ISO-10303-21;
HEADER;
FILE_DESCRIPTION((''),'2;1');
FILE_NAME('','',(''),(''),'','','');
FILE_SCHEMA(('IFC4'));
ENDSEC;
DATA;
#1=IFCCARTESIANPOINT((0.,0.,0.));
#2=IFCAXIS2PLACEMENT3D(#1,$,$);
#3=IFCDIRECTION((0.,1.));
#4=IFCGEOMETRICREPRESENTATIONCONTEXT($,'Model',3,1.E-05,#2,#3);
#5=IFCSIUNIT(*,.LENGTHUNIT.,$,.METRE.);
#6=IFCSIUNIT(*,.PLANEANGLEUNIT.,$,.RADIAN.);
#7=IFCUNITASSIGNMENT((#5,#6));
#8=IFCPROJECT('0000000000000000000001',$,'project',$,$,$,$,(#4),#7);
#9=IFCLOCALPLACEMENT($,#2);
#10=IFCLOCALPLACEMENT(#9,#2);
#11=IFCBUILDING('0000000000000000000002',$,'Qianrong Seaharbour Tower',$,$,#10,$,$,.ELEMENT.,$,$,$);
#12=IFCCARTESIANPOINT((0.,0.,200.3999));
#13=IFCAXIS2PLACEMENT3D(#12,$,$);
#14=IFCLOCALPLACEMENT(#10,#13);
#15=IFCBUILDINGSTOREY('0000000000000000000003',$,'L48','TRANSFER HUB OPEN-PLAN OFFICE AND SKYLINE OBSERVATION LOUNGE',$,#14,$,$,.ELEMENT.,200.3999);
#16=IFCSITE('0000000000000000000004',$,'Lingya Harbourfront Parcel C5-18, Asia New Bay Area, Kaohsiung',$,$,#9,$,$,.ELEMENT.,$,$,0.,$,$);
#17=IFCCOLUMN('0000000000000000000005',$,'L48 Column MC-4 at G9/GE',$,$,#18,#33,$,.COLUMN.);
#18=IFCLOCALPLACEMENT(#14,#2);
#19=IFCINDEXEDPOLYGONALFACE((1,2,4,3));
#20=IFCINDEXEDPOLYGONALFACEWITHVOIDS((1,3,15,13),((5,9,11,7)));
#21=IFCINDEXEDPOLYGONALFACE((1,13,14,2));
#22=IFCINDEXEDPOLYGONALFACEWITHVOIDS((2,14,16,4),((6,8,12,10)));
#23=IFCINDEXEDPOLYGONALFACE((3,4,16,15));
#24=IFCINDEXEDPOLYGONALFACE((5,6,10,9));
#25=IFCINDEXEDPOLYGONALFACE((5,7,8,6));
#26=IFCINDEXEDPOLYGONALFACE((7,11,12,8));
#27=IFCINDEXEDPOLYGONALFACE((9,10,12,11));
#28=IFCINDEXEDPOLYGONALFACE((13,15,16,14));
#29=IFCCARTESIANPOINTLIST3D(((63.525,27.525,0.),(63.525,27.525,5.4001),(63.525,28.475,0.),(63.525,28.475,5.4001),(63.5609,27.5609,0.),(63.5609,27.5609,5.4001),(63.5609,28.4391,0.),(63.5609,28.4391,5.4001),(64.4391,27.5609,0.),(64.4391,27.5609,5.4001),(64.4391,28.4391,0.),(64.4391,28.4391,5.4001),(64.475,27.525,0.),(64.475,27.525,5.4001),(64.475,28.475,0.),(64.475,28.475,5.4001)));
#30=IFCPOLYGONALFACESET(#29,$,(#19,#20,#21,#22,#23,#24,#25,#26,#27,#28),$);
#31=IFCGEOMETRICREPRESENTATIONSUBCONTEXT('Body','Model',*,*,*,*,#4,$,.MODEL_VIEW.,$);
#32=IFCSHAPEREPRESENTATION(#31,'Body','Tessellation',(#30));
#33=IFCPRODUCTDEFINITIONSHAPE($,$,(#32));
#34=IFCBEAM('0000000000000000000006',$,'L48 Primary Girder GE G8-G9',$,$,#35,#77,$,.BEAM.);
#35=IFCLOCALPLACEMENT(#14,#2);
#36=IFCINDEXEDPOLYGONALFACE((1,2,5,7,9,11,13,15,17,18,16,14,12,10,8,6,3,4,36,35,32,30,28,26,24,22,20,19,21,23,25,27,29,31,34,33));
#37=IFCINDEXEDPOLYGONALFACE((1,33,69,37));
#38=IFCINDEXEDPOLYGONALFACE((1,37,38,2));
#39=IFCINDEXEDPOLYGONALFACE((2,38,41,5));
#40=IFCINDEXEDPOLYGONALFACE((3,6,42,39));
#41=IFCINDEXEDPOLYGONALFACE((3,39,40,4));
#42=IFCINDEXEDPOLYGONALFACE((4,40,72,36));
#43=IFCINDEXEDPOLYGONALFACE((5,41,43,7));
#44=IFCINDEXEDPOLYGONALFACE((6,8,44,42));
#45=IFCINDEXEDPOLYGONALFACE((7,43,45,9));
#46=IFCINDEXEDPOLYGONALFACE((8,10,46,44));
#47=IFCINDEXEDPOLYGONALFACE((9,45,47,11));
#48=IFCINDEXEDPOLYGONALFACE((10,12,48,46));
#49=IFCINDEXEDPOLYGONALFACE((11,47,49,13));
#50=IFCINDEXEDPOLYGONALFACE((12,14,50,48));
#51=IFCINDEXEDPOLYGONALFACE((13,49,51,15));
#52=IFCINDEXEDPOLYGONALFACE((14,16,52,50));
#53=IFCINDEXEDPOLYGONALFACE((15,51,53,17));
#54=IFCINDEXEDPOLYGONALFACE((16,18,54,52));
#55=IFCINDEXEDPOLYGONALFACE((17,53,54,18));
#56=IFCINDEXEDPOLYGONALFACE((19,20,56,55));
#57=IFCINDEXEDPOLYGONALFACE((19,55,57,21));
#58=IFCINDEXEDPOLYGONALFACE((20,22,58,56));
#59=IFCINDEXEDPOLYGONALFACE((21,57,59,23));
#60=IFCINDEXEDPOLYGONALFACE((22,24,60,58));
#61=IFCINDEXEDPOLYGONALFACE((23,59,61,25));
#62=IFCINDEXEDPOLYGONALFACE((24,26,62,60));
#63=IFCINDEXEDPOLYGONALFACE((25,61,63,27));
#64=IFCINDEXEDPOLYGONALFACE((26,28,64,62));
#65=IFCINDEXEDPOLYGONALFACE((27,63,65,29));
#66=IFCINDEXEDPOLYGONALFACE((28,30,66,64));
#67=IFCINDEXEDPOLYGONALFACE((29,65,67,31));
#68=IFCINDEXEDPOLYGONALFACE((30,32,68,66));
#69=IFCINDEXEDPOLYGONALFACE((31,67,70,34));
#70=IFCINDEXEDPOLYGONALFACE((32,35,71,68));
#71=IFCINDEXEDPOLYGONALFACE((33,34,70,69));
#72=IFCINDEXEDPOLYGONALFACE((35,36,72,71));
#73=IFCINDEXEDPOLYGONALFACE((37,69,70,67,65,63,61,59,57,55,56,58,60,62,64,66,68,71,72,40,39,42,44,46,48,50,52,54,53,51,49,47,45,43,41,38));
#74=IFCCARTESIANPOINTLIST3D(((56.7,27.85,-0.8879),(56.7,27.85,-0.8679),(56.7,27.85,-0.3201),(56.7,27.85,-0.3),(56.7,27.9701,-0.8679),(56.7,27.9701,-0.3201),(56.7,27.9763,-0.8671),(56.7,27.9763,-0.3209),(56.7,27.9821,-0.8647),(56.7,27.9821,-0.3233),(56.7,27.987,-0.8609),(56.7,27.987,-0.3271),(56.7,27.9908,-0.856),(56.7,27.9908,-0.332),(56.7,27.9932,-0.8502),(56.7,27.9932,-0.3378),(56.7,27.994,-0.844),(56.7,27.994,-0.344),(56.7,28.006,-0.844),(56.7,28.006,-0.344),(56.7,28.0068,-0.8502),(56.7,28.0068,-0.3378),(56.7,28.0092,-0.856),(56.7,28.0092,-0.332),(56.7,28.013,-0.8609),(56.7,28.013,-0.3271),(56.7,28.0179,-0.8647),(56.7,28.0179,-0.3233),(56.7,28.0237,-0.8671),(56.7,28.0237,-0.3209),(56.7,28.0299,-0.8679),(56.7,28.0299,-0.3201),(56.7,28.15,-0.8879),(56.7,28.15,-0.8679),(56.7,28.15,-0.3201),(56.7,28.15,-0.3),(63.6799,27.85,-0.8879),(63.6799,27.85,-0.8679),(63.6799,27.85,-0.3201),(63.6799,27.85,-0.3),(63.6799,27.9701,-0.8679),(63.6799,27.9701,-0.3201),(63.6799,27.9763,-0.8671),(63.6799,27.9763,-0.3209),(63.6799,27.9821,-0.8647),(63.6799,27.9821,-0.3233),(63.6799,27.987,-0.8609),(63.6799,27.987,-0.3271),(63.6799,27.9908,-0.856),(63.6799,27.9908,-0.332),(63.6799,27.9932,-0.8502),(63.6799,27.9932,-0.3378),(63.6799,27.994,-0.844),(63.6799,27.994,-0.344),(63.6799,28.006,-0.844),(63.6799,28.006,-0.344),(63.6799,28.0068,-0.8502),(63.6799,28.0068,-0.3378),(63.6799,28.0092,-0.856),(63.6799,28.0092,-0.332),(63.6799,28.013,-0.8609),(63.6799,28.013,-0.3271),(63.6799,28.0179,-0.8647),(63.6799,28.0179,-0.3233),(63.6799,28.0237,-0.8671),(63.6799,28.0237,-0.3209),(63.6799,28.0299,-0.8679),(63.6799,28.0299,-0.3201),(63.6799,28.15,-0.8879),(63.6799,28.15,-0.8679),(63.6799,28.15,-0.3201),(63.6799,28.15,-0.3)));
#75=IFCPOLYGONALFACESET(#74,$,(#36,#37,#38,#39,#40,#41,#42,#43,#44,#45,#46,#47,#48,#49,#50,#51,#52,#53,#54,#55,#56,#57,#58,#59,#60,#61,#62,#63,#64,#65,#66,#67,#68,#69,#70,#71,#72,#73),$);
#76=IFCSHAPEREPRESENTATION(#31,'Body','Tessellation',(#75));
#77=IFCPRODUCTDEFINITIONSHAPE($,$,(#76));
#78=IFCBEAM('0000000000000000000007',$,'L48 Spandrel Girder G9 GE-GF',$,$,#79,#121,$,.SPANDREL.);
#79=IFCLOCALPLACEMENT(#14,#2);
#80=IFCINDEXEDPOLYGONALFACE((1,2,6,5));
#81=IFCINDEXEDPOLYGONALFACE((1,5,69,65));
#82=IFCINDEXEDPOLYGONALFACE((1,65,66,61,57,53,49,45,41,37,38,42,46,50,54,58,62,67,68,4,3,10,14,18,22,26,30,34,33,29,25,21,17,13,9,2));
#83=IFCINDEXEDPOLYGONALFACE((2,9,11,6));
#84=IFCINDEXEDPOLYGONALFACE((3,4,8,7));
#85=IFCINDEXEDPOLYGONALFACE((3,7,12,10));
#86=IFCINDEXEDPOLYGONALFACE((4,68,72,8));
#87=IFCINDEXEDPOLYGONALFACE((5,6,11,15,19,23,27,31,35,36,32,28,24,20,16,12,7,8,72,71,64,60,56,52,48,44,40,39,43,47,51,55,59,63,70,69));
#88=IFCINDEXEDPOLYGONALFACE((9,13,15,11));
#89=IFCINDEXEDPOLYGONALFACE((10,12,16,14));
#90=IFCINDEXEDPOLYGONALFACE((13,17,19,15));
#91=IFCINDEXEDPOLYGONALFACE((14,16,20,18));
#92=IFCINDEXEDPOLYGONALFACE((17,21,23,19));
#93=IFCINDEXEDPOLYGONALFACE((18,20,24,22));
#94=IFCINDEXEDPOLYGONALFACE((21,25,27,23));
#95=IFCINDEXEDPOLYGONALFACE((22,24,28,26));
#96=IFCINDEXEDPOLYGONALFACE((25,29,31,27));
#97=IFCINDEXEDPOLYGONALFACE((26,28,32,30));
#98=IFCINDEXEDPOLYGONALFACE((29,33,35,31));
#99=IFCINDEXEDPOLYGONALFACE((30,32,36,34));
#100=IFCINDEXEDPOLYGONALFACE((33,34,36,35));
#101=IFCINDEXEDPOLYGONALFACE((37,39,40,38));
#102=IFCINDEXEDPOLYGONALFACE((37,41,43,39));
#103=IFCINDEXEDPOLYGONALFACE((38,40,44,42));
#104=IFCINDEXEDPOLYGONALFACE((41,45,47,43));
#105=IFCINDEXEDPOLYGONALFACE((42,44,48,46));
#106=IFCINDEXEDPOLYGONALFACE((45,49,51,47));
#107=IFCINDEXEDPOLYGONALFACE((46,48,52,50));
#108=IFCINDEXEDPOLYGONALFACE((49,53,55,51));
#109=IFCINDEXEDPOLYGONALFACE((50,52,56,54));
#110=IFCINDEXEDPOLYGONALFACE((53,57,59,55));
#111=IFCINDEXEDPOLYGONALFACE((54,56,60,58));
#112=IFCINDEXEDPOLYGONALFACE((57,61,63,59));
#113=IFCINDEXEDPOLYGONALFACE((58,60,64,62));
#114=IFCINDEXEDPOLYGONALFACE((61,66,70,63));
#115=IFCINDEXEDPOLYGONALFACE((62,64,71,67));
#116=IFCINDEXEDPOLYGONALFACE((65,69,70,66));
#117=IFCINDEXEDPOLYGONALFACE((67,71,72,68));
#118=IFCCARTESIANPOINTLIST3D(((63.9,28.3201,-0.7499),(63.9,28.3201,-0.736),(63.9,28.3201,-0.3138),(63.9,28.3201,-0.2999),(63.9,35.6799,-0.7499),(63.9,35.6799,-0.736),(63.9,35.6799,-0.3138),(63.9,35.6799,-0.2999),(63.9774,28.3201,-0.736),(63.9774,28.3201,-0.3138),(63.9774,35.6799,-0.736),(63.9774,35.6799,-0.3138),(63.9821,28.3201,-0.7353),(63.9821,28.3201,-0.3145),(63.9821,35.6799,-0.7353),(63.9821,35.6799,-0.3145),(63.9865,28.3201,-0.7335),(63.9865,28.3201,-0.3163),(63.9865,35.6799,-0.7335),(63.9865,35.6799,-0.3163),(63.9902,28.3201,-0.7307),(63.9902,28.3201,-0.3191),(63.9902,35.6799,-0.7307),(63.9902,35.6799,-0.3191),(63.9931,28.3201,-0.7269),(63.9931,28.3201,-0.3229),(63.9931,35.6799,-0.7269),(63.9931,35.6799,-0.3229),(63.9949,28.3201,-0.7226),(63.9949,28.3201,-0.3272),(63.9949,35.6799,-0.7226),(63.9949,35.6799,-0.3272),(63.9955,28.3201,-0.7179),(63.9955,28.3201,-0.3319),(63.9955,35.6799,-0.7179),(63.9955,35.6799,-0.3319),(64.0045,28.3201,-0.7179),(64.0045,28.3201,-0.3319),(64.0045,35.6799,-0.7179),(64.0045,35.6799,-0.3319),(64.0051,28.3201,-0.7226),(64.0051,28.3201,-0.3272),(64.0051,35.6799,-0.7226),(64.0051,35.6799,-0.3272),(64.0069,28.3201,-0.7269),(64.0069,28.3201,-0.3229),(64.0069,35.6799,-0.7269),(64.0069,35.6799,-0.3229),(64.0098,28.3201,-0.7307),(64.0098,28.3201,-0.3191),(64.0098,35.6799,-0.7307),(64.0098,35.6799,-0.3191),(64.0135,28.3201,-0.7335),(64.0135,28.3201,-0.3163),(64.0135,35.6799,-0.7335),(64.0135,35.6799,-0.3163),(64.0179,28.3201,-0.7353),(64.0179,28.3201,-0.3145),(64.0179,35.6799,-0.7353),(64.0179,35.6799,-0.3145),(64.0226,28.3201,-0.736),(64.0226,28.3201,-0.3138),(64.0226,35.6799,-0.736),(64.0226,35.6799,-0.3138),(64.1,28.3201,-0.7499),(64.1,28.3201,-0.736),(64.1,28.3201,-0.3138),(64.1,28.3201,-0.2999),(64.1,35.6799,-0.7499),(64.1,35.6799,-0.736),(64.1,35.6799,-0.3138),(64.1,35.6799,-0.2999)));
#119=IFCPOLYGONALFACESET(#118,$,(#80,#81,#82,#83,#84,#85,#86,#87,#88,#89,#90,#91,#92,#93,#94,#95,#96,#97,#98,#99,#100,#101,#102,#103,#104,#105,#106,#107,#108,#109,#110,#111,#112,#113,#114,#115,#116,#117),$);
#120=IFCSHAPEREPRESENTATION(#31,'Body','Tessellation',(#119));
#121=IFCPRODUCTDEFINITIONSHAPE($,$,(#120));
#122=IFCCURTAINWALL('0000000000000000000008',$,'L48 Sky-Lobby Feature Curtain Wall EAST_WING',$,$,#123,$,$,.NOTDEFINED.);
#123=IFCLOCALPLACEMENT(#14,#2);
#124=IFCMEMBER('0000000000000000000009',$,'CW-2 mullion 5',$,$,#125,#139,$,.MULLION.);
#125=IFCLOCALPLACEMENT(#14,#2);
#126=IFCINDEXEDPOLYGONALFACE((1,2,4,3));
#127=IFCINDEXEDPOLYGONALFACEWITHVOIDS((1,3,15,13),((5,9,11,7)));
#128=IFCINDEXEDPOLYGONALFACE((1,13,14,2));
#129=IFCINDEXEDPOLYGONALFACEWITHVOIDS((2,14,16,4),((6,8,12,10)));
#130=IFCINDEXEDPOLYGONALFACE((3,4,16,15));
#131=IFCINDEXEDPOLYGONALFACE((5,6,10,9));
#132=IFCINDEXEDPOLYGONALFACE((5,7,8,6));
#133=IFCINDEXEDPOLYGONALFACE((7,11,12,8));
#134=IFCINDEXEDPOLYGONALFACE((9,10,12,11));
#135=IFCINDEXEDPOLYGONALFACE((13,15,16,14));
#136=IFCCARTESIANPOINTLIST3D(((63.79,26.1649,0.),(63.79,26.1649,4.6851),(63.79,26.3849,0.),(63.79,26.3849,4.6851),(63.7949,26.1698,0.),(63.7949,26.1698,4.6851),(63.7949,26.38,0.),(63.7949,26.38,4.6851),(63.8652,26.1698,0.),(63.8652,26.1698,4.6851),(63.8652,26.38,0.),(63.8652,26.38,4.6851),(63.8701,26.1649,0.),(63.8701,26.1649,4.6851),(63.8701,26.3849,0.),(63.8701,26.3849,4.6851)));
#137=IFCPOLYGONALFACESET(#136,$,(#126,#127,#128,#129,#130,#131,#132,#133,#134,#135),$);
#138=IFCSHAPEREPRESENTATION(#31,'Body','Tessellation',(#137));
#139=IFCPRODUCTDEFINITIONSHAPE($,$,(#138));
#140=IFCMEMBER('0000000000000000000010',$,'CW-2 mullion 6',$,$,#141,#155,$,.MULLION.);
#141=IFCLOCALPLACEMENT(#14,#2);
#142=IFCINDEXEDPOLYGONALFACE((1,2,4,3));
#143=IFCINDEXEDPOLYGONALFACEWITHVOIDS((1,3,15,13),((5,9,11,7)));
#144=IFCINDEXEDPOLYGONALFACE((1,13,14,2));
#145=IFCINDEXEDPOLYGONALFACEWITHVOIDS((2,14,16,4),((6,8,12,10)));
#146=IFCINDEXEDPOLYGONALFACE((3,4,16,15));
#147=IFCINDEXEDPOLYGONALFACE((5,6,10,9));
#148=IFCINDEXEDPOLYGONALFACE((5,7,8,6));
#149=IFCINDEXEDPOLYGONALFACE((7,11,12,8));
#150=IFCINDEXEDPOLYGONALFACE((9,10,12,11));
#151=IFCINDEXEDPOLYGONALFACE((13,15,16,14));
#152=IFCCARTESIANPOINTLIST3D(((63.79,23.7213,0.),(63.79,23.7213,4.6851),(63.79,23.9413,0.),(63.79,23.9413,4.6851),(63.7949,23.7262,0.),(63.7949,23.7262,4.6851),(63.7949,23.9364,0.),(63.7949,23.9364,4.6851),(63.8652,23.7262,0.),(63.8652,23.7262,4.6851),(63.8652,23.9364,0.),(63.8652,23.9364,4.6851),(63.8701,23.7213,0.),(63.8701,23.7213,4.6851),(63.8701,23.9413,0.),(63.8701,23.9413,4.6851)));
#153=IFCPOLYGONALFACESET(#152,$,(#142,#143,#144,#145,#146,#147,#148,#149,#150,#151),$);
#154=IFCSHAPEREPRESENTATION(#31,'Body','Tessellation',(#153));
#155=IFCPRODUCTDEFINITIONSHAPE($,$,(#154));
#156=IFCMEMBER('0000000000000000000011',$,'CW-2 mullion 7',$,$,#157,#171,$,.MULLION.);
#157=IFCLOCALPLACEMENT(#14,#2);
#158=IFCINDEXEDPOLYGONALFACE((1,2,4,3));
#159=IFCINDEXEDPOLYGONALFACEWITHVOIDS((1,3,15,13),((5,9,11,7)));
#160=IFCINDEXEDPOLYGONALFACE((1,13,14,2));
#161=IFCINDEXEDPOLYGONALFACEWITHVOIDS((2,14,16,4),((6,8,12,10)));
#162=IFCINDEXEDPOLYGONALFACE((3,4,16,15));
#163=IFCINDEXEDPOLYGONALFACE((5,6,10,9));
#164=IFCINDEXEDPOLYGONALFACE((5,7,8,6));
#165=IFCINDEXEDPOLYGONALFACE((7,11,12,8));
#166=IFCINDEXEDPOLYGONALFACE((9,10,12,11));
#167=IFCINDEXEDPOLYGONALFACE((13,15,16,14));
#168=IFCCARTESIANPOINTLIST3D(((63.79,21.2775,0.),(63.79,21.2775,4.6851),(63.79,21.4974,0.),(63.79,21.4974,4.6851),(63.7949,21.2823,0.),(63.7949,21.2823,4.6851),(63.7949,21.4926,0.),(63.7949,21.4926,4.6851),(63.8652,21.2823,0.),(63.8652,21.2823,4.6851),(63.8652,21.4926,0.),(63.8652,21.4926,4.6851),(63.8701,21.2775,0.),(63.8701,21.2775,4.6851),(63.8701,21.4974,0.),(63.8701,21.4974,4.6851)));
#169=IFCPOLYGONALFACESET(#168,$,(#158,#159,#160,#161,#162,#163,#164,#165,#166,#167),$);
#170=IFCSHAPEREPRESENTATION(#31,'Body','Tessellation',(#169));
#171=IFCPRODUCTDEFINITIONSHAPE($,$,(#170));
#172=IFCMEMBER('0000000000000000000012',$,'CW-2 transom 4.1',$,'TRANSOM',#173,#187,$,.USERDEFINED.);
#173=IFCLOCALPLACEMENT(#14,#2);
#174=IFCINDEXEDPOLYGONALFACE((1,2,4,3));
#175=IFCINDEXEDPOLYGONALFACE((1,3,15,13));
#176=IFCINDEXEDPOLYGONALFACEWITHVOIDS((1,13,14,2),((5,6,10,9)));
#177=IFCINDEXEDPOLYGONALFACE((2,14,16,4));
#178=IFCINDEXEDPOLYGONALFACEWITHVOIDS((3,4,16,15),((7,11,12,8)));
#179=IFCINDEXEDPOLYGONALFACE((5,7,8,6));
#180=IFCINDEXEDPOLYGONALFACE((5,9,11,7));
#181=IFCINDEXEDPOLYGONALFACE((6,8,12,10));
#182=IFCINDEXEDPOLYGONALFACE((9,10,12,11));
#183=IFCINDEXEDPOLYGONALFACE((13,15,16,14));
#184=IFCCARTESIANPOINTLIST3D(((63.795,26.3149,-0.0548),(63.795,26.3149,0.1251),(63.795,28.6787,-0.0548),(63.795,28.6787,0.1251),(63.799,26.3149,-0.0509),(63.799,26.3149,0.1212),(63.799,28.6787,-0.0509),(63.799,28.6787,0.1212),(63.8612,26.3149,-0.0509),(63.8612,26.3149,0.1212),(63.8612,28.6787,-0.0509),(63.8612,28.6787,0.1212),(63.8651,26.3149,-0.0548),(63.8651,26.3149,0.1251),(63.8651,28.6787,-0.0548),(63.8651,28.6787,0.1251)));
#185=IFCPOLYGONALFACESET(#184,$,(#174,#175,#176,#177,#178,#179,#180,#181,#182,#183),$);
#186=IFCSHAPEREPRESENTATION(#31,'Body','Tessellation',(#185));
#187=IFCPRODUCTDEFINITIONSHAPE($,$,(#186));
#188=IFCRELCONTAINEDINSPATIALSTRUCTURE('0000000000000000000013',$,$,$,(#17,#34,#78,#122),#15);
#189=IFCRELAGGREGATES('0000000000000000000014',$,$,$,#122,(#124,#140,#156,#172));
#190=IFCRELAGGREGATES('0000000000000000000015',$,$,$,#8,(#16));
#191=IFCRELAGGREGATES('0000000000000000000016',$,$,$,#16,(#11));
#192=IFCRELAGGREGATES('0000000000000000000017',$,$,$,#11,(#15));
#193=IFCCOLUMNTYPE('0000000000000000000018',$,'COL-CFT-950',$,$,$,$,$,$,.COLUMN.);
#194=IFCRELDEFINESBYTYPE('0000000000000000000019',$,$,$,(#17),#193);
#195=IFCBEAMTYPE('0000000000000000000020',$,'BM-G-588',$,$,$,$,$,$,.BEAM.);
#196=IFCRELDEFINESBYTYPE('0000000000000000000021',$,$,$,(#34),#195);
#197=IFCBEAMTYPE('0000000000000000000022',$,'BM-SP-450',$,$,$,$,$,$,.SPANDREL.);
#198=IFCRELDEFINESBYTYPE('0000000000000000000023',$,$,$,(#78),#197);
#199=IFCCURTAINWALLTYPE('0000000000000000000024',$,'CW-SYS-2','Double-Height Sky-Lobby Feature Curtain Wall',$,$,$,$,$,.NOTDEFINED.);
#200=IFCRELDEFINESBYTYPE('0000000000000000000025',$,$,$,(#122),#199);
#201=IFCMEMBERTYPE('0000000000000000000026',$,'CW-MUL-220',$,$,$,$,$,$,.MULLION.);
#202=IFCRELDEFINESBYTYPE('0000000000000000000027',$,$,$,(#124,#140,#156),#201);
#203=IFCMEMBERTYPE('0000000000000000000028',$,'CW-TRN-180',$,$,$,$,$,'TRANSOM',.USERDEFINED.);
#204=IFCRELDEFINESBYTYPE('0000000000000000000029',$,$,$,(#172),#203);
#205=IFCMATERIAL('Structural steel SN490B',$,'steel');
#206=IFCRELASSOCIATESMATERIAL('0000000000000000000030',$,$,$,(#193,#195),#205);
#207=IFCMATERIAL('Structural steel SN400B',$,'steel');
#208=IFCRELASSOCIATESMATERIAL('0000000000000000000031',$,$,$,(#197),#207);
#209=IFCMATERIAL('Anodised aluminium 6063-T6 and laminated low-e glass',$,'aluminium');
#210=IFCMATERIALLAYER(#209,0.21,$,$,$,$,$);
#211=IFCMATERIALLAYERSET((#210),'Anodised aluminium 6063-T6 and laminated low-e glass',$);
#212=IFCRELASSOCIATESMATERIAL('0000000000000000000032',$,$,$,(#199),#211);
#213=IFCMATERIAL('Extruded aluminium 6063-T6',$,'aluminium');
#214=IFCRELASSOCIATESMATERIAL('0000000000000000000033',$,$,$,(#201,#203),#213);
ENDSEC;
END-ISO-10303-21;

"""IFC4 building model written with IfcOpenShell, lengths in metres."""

from ifc_helpers import new_model, si_unit, direction, frame, origin, origin_2d, place, context, subcontext, project, spatial, hollow_rectangle, i_section, extrude, material, layer, layer_set, material_profile, profile_set, type_object, element, aggregate, save


model = new_model("IFC4")

# Units and contexts
model_context = context("Model", 3, precision=1e-05, world=origin(), true_north=direction((0.0, 1.0)))
body_context = subcontext(model_context, "Body", "Model", "MODEL_VIEW")
ifc_project = project(units=[si_unit("LENGTHUNIT", "METRE"), si_unit("PLANEANGLEUNIT", "RADIAN")], contexts=[model_context])

# Site, building, storey
site_placement = place(None, origin())
site = spatial("IfcSite", under=ifc_project, at=site_placement, Name="Lingya Harbourfront Parcel C5-18, Asia New Bay Area, Kaohsiung", CompositionType="ELEMENT", RefElevation=0.0)
building_placement = place(site_placement, origin())
building = spatial("IfcBuilding", under=site, at=building_placement, Name="Qianrong Seaharbour Tower", CompositionType="ELEMENT")
storey_placement = place(building_placement, frame((0.0, 0.0, 200.3999)))
storey = spatial("IfcBuildingStorey", under=building, at=storey_placement, Name="L48", Description="TRANSFER HUB OPEN-PLAN OFFICE AND SKYLINE OBSERVATION LOUNGE", CompositionType="ELEMENT", Elevation=200.3999)

# Column
ifc_material_1 = material(Name="Structural steel SN490B", Category="steel")
ifc_material_profile_1 = material_profile(ifc_material_1, hollow_rectangle(XDim=0.95, YDim=0.95, WallThickness=0.0359, at=origin_2d()), Name="BOX950x950x36")
ifc_profile_set_1 = profile_set([ifc_material_profile_1], Name="Structural steel SN490B")
column_type = type_object("IfcColumnType", Name="COL-CFT-950", PredefinedType="COLUMN", material=ifc_profile_set_1)
column_placement = place(storey_placement, frame((64.0, 28.0, 0.0), z_axis=(0.0, 0.0, 1.0), x_axis=(1.0, 0.0, 0.0)))
element("IfcColumn", 1, at=column_placement, inside=storey, type_object=column_type, Name="L48 Column MC-4 at G9/GE", PredefinedType="COLUMN", context=body_context, shape_type="SweptSolid", body=[
    extrude(hollow_rectangle(XDim=0.95, YDim=0.95, WallThickness=0.0359, at=origin_2d()), origin(), (0.0, 0.0, 1.0), 5.4001),
])

# Beams
ifc_material_profile_2 = material_profile(ifc_material_1, i_section(OverallWidth=0.3, OverallDepth=0.5879, WebThickness=0.012, FlangeThickness=0.02, FilletRadius=0.0239, at=origin_2d()), Name="H588x300x12x20")
ifc_profile_set_2 = profile_set([ifc_material_profile_2], Name="Structural steel SN490B")
beam_type_1 = type_object("IfcBeamType", Name="BM-G-588", PredefinedType="BEAM", material=ifc_profile_set_2)
beam_1_placement = place(storey_placement, frame((56.7, 28.0, -0.594), z_axis=(1.0, 0.0, 0.0), x_axis=(0.0, 1.0, 0.0)))
element("IfcBeam", 2, at=beam_1_placement, inside=storey, type_object=beam_type_1, Name="L48 Primary Girder GE G8-G9", PredefinedType="BEAM", context=body_context, shape_type="SweptSolid", body=[
    extrude(i_section(OverallWidth=0.3, OverallDepth=0.5879, WebThickness=0.012, FlangeThickness=0.02, FilletRadius=0.0239, at=origin_2d()), origin(), (0.0, 0.0, 1.0), 6.98),
])
ifc_material_2 = material(Name="Structural steel SN400B", Category="steel")
ifc_material_profile_3 = material_profile(ifc_material_2, i_section(OverallWidth=0.2, OverallDepth=0.45, WebThickness=0.009, FlangeThickness=0.0139, FilletRadius=0.0181, at=origin_2d()), Name="H450x200x9x14")
ifc_profile_set_3 = profile_set([ifc_material_profile_3], Name="Structural steel SN400B")
beam_type_2 = type_object("IfcBeamType", Name="BM-SP-450", PredefinedType="SPANDREL", material=ifc_profile_set_3)
beam_2_placement = place(storey_placement, frame((64.0, 28.3201, -0.5249), z_axis=(0.0, 1.0, 0.0), x_axis=(-1.0, 0.0, 0.0)))
element("IfcBeam", 3, at=beam_2_placement, inside=storey, type_object=beam_type_2, Name="L48 Spandrel Girder G9 GE-GF", PredefinedType="SPANDREL", context=body_context, shape_type="SweptSolid", body=[
    extrude(i_section(OverallWidth=0.2, OverallDepth=0.45, WebThickness=0.009, FlangeThickness=0.0139, FilletRadius=0.0181, at=origin_2d()), origin(), (0.0, 0.0, 1.0), 7.3599),
])

# Curtain wall, members
ifc_material_3 = material(Name="Anodised aluminium 6063-T6 and laminated low-e glass", Category="aluminium")
ifc_layer_1 = layer(ifc_material_3, 0.21)
ifc_layer_set_1 = layer_set([ifc_layer_1], Name="Anodised aluminium 6063-T6 and laminated low-e glass")
curtain_wall_type = type_object("IfcCurtainWallType", Name="CW-SYS-2", Description="Double-Height Sky-Lobby Feature Curtain Wall", PredefinedType="NOTDEFINED", material=ifc_layer_set_1)
curtain_wall_placement = place(storey_placement, origin())
curtain_wall = element("IfcCurtainWall", 4, at=curtain_wall_placement, inside=storey, type_object=curtain_wall_type, Name="L48 Sky-Lobby Feature Curtain Wall EAST_WING", PredefinedType="NOTDEFINED")
ifc_material_4 = material(Name="Extruded aluminium 6063-T6", Category="aluminium")
ifc_material_profile_4 = material_profile(ifc_material_4, hollow_rectangle(XDim=0.0801, YDim=0.22, WallThickness=0.0049, at=origin_2d()), Name="ALU-MUL-220x80x5")
ifc_profile_set_4 = profile_set([ifc_material_profile_4], Name="Extruded aluminium 6063-T6")
member_type_1 = type_object("IfcMemberType", Name="CW-MUL-220", PredefinedType="MULLION", material=ifc_profile_set_4)
member_1_placement = place(storey_placement, frame((63.8301, 26.2749, 0.0), z_axis=(0.0, 0.0, 1.0), x_axis=(1.0, 0.0, 0.0)))
member_1 = element("IfcMember", 5, at=member_1_placement, type_object=member_type_1, Name="CW-2 mullion 5", PredefinedType="MULLION", context=body_context, shape_type="SweptSolid", body=[
    extrude(hollow_rectangle(XDim=0.0801, YDim=0.22, WallThickness=0.0049, at=origin_2d()), origin(), (0.0, 0.0, 1.0), 4.6851),
])
member_2_placement = place(storey_placement, frame((63.8301, 23.8313, 0.0), z_axis=(0.0, 0.0, 1.0), x_axis=(1.0, 0.0, 0.0)))
member_2 = element("IfcMember", 6, at=member_2_placement, type_object=member_type_1, Name="CW-2 mullion 6", PredefinedType="MULLION", context=body_context, shape_type="SweptSolid", body=[
    extrude(hollow_rectangle(XDim=0.0801, YDim=0.22, WallThickness=0.0049, at=origin_2d()), origin(), (0.0, 0.0, 1.0), 4.6851),
])
member_3_placement = place(storey_placement, frame((63.8301, 21.3875, 0.0), z_axis=(0.0, 0.0, 1.0), x_axis=(1.0, 0.0, 0.0)))
member_3 = element("IfcMember", 7, at=member_3_placement, type_object=member_type_1, Name="CW-2 mullion 7", PredefinedType="MULLION", context=body_context, shape_type="SweptSolid", body=[
    extrude(hollow_rectangle(XDim=0.0801, YDim=0.22, WallThickness=0.0049, at=origin_2d()), origin(), (0.0, 0.0, 1.0), 4.6851),
])
ifc_material_profile_5 = material_profile(ifc_material_4, hollow_rectangle(XDim=0.0701, YDim=0.1799, WallThickness=0.0039, at=origin_2d()), Name="ALU-TRN-180x70x4")
ifc_profile_set_5 = profile_set([ifc_material_profile_5], Name="Extruded aluminium 6063-T6")
member_type_2 = type_object("IfcMemberType", Name="CW-TRN-180", ElementType="TRANSOM", PredefinedType="USERDEFINED", material=ifc_profile_set_5)
member_4_placement = place(storey_placement, frame((63.8301, 28.6787, 0.0352), z_axis=(0.0, -1.0, 0.0), x_axis=(1.0, 0.0, 0.0)))
member_4 = element("IfcMember", 8, at=member_4_placement, type_object=member_type_2, Name="CW-2 transom 4.1", ObjectType="TRANSOM", PredefinedType="USERDEFINED", context=body_context, shape_type="SweptSolid", body=[
    extrude(hollow_rectangle(XDim=0.0701, YDim=0.1799, WallThickness=0.0039, at=origin_2d()), origin(), (0.0, 0.0, 1.0), 2.3638),
])
aggregate(curtain_wall, [member_1, member_2, member_3, member_4])

save(model, "model.ifc")
